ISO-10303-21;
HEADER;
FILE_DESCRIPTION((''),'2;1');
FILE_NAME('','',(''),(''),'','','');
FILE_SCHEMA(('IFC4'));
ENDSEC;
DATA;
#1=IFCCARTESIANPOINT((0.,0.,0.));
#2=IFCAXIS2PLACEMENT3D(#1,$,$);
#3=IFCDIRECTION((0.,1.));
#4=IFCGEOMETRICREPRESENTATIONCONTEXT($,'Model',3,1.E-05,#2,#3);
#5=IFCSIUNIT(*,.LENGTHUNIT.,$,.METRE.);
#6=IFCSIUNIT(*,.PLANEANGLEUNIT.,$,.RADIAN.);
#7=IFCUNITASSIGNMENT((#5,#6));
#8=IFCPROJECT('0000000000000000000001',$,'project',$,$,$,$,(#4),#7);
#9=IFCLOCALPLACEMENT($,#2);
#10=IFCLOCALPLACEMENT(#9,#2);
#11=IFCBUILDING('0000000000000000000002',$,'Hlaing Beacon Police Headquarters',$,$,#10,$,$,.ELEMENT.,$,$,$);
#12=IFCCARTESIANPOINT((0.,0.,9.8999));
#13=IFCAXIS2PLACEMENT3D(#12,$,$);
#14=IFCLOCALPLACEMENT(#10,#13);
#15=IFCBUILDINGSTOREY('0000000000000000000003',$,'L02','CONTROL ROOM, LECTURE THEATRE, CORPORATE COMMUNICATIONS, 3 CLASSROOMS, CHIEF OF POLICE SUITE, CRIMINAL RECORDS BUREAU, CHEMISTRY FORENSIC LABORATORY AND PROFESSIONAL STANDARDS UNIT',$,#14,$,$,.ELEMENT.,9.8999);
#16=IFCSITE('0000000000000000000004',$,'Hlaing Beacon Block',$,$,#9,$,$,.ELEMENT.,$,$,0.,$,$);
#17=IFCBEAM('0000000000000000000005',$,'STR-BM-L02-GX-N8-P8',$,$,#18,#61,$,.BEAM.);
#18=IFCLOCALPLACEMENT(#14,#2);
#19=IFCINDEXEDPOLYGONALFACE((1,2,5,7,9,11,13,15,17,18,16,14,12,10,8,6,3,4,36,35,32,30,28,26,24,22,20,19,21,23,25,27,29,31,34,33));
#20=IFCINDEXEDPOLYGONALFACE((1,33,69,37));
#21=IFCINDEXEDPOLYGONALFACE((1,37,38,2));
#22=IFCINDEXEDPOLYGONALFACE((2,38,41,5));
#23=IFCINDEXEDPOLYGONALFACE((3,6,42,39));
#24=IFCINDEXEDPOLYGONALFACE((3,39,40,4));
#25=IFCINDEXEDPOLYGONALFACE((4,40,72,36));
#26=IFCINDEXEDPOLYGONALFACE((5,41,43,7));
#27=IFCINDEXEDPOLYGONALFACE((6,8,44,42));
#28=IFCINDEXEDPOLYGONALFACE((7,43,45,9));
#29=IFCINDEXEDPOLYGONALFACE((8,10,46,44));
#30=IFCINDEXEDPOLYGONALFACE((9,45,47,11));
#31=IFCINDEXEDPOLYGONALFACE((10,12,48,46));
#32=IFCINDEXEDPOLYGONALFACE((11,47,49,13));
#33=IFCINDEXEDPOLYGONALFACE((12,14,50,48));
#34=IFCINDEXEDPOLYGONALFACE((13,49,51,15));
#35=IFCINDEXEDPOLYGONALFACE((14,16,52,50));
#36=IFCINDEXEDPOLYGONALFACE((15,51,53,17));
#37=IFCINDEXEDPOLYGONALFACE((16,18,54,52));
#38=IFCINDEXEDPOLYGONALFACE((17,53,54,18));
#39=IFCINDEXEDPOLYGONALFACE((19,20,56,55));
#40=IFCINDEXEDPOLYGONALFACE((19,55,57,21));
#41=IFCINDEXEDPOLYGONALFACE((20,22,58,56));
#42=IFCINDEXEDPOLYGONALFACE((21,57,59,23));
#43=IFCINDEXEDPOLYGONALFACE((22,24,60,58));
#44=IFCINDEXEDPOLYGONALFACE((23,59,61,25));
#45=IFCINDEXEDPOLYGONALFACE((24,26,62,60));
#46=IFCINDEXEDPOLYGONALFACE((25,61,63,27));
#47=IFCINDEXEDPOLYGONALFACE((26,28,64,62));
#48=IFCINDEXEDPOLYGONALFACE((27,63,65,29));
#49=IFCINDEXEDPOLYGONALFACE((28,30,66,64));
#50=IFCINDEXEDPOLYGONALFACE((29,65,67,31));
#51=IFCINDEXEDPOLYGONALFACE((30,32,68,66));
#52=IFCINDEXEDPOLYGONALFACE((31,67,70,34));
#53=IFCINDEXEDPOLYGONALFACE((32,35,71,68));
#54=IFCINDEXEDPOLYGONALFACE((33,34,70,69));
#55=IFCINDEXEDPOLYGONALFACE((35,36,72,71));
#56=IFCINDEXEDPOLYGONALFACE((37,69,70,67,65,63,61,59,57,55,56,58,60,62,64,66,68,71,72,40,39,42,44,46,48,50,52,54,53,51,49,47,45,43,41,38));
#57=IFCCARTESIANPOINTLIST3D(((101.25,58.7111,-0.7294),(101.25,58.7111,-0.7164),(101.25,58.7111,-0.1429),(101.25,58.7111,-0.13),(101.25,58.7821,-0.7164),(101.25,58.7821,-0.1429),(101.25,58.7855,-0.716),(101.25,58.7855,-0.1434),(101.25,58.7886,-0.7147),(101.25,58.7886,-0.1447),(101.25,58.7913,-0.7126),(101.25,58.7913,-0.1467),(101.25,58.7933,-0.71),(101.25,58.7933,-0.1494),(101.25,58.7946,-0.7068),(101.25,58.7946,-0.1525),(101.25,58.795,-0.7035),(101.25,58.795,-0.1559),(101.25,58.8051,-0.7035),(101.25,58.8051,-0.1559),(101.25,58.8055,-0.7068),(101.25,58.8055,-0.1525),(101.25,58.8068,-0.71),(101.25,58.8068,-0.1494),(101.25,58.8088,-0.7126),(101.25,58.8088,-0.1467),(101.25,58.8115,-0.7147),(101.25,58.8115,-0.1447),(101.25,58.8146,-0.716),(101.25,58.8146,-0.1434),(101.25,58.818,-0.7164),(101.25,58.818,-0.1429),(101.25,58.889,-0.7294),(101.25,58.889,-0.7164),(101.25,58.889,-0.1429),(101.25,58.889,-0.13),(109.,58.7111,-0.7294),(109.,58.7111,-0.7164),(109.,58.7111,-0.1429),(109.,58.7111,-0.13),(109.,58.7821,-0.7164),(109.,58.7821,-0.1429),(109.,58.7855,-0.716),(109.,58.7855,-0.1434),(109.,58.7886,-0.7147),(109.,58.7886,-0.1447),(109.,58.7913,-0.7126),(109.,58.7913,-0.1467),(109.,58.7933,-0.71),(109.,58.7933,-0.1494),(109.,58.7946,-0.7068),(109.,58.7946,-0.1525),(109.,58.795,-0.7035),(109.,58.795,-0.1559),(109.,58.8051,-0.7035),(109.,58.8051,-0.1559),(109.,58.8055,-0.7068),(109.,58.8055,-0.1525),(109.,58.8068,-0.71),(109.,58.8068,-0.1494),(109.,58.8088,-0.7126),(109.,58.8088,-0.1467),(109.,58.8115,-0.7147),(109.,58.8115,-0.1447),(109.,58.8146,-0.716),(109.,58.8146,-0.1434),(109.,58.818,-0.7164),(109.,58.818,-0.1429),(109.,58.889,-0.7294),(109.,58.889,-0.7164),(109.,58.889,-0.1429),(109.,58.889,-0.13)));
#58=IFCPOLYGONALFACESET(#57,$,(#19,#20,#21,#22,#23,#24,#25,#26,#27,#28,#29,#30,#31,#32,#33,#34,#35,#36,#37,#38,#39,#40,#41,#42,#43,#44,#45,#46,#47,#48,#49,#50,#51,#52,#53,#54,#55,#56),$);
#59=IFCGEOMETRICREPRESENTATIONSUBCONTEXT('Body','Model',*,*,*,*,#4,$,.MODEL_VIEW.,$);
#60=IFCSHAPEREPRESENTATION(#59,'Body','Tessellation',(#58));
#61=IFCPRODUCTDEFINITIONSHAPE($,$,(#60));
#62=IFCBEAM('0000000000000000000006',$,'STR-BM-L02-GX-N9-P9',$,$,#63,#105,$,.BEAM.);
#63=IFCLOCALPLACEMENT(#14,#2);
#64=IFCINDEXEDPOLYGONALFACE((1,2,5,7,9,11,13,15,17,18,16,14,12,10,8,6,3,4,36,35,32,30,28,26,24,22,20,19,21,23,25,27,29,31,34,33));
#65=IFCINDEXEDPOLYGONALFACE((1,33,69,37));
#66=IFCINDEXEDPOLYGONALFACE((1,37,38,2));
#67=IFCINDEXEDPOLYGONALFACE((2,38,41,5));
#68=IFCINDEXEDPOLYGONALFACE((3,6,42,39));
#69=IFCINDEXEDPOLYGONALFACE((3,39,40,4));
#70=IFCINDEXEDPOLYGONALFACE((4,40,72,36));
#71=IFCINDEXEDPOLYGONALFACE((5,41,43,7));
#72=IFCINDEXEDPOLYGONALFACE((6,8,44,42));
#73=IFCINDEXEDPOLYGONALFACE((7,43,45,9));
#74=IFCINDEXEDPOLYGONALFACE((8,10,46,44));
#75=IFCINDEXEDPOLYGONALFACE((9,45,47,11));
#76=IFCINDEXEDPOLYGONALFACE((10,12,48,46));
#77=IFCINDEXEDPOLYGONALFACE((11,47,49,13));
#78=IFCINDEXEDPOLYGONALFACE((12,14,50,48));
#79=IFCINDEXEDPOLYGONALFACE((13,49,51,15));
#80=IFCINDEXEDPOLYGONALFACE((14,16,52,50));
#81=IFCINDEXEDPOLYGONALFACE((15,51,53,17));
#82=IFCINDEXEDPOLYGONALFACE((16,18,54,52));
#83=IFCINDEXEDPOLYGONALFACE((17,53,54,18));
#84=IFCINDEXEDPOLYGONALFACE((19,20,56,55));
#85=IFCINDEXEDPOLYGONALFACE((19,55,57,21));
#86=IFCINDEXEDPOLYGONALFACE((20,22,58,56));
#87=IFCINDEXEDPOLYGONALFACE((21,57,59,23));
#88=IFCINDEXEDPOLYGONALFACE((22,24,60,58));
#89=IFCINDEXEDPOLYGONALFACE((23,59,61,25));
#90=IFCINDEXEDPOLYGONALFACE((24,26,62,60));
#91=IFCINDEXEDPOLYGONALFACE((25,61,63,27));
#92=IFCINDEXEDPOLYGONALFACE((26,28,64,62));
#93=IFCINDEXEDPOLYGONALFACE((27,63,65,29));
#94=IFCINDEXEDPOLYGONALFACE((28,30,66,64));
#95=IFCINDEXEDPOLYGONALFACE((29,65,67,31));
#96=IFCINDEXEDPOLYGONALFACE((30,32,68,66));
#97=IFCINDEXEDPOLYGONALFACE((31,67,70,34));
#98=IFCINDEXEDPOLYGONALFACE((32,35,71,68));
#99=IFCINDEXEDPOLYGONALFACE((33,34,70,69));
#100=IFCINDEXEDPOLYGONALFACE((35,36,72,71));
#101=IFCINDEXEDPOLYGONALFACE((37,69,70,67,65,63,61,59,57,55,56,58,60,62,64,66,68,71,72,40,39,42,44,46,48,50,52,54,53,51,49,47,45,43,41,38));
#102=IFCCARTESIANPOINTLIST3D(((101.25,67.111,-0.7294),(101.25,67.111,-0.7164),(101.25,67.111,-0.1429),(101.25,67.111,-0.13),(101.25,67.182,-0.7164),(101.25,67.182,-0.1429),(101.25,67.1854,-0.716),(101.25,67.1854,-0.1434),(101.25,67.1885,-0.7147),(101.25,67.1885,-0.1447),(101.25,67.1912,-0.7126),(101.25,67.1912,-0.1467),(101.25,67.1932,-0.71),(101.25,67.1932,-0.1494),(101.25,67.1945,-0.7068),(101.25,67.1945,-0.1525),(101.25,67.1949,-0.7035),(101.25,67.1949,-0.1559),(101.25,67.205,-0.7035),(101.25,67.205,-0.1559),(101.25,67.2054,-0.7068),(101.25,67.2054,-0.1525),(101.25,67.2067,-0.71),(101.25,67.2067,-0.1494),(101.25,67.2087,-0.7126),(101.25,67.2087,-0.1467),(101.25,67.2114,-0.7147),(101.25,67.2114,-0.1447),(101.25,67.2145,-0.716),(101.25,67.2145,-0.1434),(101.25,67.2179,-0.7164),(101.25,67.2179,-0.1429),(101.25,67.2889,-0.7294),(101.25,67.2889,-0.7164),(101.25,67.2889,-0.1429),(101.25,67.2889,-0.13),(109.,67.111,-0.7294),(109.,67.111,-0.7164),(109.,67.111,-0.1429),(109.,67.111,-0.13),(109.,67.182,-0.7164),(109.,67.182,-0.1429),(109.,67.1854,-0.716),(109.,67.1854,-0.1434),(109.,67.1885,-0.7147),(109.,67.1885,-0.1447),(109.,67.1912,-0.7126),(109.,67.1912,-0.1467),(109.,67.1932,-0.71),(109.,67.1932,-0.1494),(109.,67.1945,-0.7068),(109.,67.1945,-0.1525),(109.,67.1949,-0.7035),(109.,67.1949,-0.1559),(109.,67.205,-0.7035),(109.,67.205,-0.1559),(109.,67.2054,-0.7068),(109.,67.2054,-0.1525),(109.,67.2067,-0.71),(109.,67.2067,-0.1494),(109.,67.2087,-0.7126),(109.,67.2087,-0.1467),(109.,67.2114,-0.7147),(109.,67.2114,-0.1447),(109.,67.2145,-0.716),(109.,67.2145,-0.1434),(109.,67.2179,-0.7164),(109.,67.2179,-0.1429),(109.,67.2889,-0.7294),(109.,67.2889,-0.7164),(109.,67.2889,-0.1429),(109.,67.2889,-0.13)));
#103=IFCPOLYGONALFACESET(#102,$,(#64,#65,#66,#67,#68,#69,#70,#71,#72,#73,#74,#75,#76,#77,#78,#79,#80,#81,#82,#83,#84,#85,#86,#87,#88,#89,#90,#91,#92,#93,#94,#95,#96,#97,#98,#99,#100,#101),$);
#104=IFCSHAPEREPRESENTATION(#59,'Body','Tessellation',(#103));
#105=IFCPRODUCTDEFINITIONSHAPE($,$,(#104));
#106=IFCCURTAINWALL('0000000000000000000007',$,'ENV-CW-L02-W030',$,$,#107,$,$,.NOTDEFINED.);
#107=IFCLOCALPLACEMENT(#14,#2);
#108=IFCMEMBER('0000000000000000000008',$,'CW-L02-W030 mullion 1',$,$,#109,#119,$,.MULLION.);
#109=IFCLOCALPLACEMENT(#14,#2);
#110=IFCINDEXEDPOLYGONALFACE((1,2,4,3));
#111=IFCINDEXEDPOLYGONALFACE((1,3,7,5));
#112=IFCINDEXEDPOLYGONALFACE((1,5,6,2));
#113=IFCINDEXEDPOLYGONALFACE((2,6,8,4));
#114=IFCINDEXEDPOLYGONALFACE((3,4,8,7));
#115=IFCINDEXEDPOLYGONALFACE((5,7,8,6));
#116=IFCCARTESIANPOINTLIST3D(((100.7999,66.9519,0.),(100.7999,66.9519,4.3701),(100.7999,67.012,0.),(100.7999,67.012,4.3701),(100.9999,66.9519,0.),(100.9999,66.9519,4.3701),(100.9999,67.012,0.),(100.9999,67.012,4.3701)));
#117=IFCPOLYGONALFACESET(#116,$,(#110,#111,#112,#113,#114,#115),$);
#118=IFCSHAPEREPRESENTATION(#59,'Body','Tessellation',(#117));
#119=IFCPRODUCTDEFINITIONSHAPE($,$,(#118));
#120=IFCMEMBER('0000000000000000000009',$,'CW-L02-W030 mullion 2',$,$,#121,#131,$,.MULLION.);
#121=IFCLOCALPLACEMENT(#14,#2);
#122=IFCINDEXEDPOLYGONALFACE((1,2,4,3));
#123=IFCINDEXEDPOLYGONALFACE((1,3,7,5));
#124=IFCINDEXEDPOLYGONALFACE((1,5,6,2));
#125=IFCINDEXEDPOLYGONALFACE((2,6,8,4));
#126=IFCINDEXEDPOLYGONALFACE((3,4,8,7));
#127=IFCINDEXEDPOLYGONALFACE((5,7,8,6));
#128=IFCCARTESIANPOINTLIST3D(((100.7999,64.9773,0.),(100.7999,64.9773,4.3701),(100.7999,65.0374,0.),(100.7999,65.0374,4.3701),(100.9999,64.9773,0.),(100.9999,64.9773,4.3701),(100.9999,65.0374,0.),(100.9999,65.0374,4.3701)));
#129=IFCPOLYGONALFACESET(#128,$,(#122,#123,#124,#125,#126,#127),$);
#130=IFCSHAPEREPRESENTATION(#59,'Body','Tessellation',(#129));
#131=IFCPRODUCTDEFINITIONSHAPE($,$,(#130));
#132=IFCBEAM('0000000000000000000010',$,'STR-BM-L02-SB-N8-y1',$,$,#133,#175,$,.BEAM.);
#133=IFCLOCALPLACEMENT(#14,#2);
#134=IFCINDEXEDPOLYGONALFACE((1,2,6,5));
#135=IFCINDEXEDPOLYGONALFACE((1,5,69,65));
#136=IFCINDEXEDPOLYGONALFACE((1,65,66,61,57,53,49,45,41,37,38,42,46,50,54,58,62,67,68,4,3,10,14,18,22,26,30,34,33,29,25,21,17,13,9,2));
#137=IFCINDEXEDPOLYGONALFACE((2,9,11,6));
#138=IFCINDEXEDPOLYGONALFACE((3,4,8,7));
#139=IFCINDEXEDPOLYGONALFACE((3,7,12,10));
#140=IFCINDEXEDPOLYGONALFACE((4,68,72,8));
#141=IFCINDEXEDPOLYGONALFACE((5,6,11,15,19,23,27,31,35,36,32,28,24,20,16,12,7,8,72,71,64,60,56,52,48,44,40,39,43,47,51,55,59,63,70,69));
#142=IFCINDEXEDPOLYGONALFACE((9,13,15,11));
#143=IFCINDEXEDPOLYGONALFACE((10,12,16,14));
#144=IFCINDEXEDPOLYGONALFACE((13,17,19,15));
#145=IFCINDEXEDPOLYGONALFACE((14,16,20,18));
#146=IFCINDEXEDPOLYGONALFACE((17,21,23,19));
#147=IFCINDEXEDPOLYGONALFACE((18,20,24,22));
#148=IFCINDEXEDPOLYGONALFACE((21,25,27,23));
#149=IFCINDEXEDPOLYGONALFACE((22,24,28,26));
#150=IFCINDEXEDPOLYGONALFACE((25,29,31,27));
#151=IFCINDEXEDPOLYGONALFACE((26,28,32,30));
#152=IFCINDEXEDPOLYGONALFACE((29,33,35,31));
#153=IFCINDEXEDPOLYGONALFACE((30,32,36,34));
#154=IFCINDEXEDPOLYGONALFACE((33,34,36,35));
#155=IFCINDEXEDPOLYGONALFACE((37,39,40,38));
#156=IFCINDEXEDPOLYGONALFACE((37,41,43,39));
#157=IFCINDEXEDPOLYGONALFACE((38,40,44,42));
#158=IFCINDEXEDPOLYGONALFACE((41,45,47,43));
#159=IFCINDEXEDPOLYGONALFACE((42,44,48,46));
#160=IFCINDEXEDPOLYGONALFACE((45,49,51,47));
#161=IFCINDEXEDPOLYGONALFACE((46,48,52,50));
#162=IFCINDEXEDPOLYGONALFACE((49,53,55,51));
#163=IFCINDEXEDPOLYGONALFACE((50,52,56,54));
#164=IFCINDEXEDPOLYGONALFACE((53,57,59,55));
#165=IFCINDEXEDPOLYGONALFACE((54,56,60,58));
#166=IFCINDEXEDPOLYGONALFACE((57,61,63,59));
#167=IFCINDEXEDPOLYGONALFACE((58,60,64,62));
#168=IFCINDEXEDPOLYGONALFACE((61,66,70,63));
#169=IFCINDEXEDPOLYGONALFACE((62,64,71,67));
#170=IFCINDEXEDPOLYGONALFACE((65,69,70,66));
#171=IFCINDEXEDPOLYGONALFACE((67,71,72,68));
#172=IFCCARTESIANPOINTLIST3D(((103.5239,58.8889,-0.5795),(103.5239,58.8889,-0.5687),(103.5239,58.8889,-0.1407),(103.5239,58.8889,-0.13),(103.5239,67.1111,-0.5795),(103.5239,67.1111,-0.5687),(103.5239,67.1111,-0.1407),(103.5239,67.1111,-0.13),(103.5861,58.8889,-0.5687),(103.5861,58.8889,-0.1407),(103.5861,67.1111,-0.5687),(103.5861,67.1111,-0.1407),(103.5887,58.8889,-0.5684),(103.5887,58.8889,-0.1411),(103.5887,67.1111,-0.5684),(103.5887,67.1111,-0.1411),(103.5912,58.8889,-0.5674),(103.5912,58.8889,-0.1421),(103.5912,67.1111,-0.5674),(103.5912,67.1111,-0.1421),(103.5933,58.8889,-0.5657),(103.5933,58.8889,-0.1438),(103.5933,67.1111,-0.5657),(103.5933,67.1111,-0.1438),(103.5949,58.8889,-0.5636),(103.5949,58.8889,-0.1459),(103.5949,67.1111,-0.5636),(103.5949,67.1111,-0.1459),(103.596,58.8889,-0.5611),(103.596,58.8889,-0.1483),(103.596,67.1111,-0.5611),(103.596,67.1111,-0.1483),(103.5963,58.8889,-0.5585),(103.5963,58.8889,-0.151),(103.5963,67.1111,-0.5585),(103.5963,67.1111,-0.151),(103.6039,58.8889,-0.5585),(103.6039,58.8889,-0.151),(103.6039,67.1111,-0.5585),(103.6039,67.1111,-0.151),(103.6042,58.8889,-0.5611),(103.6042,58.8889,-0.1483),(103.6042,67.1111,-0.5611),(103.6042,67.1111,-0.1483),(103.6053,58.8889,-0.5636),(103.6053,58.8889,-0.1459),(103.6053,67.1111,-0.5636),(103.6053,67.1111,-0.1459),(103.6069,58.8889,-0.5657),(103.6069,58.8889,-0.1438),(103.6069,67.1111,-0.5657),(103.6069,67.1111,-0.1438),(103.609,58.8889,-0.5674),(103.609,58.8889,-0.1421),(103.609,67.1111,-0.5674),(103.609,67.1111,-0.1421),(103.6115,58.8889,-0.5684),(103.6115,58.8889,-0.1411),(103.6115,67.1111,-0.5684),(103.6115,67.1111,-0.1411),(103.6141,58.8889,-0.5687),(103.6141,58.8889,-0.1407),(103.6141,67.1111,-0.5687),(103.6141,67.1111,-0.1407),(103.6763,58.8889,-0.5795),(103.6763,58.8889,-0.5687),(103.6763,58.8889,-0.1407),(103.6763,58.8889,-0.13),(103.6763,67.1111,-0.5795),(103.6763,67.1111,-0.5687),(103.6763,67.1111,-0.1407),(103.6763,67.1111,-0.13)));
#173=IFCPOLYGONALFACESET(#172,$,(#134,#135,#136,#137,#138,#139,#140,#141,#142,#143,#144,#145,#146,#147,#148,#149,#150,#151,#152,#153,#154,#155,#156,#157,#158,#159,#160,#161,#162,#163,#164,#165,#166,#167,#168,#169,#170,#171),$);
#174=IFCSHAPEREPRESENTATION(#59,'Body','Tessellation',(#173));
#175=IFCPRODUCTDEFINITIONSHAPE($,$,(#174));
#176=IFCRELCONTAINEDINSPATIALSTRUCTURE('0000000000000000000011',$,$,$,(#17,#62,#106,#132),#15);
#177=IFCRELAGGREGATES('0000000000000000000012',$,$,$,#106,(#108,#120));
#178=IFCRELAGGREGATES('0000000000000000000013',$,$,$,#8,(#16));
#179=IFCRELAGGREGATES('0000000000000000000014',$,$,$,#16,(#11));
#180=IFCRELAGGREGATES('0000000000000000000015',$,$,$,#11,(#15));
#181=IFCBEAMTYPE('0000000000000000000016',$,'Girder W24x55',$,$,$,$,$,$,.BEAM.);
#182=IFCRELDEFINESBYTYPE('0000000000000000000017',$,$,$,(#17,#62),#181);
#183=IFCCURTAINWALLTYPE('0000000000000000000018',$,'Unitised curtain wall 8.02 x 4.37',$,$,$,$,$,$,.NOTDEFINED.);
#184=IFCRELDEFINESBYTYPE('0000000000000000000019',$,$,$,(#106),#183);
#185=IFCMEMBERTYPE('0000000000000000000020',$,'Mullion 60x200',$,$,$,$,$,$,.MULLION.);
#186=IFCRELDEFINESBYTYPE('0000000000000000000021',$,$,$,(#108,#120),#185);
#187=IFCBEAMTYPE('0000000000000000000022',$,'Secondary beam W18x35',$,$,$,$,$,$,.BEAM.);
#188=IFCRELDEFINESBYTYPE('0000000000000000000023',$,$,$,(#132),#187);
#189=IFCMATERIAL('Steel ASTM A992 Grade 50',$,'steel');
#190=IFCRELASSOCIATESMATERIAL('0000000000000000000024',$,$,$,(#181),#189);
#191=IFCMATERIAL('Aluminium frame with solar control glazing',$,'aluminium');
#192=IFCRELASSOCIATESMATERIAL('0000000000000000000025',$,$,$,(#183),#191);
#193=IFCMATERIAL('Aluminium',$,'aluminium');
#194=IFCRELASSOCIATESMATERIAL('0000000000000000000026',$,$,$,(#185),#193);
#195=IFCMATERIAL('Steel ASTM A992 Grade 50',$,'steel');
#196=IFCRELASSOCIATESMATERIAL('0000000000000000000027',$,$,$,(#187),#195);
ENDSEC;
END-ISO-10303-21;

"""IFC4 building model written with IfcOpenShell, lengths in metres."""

from ifc_helpers import new_model, si_unit, direction, frame, origin, origin_2d, place, context, subcontext, project, spatial, rectangle, i_section, extrude, material, material_profile, profile_set, type_object, element, aggregate, save


model = new_model("IFC4")

# Units and contexts
model_context = context("Model", 3, precision=1e-05, world=origin(), true_north=direction((0.0, 1.0)))
body_context = subcontext(model_context, "Body", "Model", "MODEL_VIEW")
ifc_project = project(units=[si_unit("LENGTHUNIT", "METRE"), si_unit("PLANEANGLEUNIT", "RADIAN")], contexts=[model_context])

# Site, building, storey
site_placement = place(None, origin())
site = spatial("IfcSite", under=ifc_project, at=site_placement, Name="Hlaing Beacon Block", CompositionType="ELEMENT", RefElevation=0.0)
building_placement = place(site_placement, origin())
building = spatial("IfcBuilding", under=site, at=building_placement, Name="Hlaing Beacon Police Headquarters", CompositionType="ELEMENT")
storey_placement = place(building_placement, frame((0.0, 0.0, 9.8999)))
storey = spatial("IfcBuildingStorey", under=building, at=storey_placement, Name="L02", Description="CONTROL ROOM, LECTURE THEATRE, CORPORATE COMMUNICATIONS, 3 CLASSROOMS, CHIEF OF POLICE SUITE, CRIMINAL RECORDS BUREAU, CHEMISTRY FORENSIC LABORATORY AND PROFESSIONAL STANDARDS UNIT", CompositionType="ELEMENT", Elevation=9.8999)

# Beams
ifc_material_1 = material(Name="Steel ASTM A992 Grade 50", Category="steel")
ifc_material_profile_1 = material_profile(ifc_material_1, i_section(OverallWidth=0.178, OverallDepth=0.5994, WebThickness=0.01, FlangeThickness=0.0129, FilletRadius=0.0129, at=origin_2d()), Name="W24x55")
ifc_profile_set_1 = profile_set([ifc_material_profile_1], Name="Steel ASTM A992 Grade 50")
beam_type_1 = type_object("IfcBeamType", Name="Girder W24x55", PredefinedType="BEAM", material=ifc_profile_set_1)
for number, where, z_axis, x_axis, name in (
    (1, (101.25, 58.8, -0.4297), (1.0, 0.0, 0.0), (0.0, 1.0, 0.0), "STR-BM-L02-GX-N8-P8"),
    (2, (101.25, 67.2, -0.4297), (1.0, 0.0, 0.0), (0.0, 1.0, 0.0), "STR-BM-L02-GX-N9-P9"),
):
    element("IfcBeam", number, at=place(storey_placement, frame(where, z_axis=z_axis, x_axis=x_axis)), inside=storey, type_object=beam_type_1, Name=name, PredefinedType="BEAM", context=body_context, shape_type="SweptSolid", body=[
        extrude(i_section(OverallWidth=0.178, OverallDepth=0.5994, WebThickness=0.01, FlangeThickness=0.0129, FilletRadius=0.0129, at=origin_2d()), origin(), (0.0, 0.0, 1.0), 7.75),
    ])

# Curtain wall, members
ifc_material_2 = material(Name="Aluminium frame with solar control glazing", Category="aluminium")
curtain_wall_type = type_object("IfcCurtainWallType", Name="Unitised curtain wall 8.02 x 4.37", PredefinedType="NOTDEFINED", material=ifc_material_2)
curtain_wall_placement = place(storey_placement, origin())
curtain_wall = element("IfcCurtainWall", 3, at=curtain_wall_placement, inside=storey, type_object=curtain_wall_type, Name="ENV-CW-L02-W030", PredefinedType="NOTDEFINED")
ifc_material_3 = material(Name="Aluminium", Category="aluminium")
ifc_material_profile_2 = material_profile(ifc_material_3, rectangle(XDim=0.2, YDim=0.0601, at=origin_2d()), Name="Mullion 60x200")
ifc_profile_set_2 = profile_set([ifc_material_profile_2], Name="Aluminium")
member_type_1 = type_object("IfcMemberType", Name="Mullion 60x200", PredefinedType="MULLION", material=ifc_profile_set_2)
member_1_placement = place(storey_placement, frame((100.8999, 66.9819, 0.0), z_axis=(0.0, 0.0, 1.0), x_axis=(1.0, 0.0, 0.0)))
member_1 = element("IfcMember", 4, at=member_1_placement, type_object=member_type_1, Name="CW-L02-W030 mullion 1", PredefinedType="MULLION", context=body_context, shape_type="SweptSolid", body=[
    extrude(rectangle(XDim=0.2, YDim=0.0601, at=origin_2d()), origin(), (0.0, 0.0, 1.0), 4.3701),
])
member_2_placement = place(storey_placement, frame((100.8999, 65.0073, 0.0), z_axis=(0.0, 0.0, 1.0), x_axis=(1.0, 0.0, 0.0)))
member_2 = element("IfcMember", 5, at=member_2_placement, type_object=member_type_1, Name="CW-L02-W030 mullion 2", PredefinedType="MULLION", context=body_context, shape_type="SweptSolid", body=[
    extrude(rectangle(XDim=0.2, YDim=0.0601, at=origin_2d()), origin(), (0.0, 0.0, 1.0), 4.3701),
])

# Beam
ifc_material_4 = material(Name="Steel ASTM A992 Grade 50", Category="steel")
ifc_material_profile_3 = material_profile(ifc_material_4, i_section(OverallWidth=0.1523, OverallDepth=0.4495, WebThickness=0.0076, FlangeThickness=0.0107, FilletRadius=0.0103, at=origin_2d()), Name="W18x35")
ifc_profile_set_3 = profile_set([ifc_material_profile_3], Name="Steel ASTM A992 Grade 50")
beam_type_2 = type_object("IfcBeamType", Name="Secondary beam W18x35", PredefinedType="BEAM", material=ifc_profile_set_3)
for number, where, z_axis, x_axis, name in (
    (6, (103.6001, 58.8889, -0.3547), (0.0, 1.0, 0.0), (-1.0, 0.0, 0.0), "STR-BM-L02-SB-N8-y1"),
):
    element("IfcBeam", number, at=place(storey_placement, frame(where, z_axis=z_axis, x_axis=x_axis)), inside=storey, type_object=beam_type_2, Name=name, PredefinedType="BEAM", context=body_context, shape_type="SweptSolid", body=[
        extrude(i_section(OverallWidth=0.1523, OverallDepth=0.4495, WebThickness=0.0076, FlangeThickness=0.0107, FilletRadius=0.0103, at=origin_2d()), origin(), (0.0, 0.0, 1.0), 8.2222),
    ])

aggregate(curtain_wall, [member_1, member_2])

save(model, "model.ifc")
